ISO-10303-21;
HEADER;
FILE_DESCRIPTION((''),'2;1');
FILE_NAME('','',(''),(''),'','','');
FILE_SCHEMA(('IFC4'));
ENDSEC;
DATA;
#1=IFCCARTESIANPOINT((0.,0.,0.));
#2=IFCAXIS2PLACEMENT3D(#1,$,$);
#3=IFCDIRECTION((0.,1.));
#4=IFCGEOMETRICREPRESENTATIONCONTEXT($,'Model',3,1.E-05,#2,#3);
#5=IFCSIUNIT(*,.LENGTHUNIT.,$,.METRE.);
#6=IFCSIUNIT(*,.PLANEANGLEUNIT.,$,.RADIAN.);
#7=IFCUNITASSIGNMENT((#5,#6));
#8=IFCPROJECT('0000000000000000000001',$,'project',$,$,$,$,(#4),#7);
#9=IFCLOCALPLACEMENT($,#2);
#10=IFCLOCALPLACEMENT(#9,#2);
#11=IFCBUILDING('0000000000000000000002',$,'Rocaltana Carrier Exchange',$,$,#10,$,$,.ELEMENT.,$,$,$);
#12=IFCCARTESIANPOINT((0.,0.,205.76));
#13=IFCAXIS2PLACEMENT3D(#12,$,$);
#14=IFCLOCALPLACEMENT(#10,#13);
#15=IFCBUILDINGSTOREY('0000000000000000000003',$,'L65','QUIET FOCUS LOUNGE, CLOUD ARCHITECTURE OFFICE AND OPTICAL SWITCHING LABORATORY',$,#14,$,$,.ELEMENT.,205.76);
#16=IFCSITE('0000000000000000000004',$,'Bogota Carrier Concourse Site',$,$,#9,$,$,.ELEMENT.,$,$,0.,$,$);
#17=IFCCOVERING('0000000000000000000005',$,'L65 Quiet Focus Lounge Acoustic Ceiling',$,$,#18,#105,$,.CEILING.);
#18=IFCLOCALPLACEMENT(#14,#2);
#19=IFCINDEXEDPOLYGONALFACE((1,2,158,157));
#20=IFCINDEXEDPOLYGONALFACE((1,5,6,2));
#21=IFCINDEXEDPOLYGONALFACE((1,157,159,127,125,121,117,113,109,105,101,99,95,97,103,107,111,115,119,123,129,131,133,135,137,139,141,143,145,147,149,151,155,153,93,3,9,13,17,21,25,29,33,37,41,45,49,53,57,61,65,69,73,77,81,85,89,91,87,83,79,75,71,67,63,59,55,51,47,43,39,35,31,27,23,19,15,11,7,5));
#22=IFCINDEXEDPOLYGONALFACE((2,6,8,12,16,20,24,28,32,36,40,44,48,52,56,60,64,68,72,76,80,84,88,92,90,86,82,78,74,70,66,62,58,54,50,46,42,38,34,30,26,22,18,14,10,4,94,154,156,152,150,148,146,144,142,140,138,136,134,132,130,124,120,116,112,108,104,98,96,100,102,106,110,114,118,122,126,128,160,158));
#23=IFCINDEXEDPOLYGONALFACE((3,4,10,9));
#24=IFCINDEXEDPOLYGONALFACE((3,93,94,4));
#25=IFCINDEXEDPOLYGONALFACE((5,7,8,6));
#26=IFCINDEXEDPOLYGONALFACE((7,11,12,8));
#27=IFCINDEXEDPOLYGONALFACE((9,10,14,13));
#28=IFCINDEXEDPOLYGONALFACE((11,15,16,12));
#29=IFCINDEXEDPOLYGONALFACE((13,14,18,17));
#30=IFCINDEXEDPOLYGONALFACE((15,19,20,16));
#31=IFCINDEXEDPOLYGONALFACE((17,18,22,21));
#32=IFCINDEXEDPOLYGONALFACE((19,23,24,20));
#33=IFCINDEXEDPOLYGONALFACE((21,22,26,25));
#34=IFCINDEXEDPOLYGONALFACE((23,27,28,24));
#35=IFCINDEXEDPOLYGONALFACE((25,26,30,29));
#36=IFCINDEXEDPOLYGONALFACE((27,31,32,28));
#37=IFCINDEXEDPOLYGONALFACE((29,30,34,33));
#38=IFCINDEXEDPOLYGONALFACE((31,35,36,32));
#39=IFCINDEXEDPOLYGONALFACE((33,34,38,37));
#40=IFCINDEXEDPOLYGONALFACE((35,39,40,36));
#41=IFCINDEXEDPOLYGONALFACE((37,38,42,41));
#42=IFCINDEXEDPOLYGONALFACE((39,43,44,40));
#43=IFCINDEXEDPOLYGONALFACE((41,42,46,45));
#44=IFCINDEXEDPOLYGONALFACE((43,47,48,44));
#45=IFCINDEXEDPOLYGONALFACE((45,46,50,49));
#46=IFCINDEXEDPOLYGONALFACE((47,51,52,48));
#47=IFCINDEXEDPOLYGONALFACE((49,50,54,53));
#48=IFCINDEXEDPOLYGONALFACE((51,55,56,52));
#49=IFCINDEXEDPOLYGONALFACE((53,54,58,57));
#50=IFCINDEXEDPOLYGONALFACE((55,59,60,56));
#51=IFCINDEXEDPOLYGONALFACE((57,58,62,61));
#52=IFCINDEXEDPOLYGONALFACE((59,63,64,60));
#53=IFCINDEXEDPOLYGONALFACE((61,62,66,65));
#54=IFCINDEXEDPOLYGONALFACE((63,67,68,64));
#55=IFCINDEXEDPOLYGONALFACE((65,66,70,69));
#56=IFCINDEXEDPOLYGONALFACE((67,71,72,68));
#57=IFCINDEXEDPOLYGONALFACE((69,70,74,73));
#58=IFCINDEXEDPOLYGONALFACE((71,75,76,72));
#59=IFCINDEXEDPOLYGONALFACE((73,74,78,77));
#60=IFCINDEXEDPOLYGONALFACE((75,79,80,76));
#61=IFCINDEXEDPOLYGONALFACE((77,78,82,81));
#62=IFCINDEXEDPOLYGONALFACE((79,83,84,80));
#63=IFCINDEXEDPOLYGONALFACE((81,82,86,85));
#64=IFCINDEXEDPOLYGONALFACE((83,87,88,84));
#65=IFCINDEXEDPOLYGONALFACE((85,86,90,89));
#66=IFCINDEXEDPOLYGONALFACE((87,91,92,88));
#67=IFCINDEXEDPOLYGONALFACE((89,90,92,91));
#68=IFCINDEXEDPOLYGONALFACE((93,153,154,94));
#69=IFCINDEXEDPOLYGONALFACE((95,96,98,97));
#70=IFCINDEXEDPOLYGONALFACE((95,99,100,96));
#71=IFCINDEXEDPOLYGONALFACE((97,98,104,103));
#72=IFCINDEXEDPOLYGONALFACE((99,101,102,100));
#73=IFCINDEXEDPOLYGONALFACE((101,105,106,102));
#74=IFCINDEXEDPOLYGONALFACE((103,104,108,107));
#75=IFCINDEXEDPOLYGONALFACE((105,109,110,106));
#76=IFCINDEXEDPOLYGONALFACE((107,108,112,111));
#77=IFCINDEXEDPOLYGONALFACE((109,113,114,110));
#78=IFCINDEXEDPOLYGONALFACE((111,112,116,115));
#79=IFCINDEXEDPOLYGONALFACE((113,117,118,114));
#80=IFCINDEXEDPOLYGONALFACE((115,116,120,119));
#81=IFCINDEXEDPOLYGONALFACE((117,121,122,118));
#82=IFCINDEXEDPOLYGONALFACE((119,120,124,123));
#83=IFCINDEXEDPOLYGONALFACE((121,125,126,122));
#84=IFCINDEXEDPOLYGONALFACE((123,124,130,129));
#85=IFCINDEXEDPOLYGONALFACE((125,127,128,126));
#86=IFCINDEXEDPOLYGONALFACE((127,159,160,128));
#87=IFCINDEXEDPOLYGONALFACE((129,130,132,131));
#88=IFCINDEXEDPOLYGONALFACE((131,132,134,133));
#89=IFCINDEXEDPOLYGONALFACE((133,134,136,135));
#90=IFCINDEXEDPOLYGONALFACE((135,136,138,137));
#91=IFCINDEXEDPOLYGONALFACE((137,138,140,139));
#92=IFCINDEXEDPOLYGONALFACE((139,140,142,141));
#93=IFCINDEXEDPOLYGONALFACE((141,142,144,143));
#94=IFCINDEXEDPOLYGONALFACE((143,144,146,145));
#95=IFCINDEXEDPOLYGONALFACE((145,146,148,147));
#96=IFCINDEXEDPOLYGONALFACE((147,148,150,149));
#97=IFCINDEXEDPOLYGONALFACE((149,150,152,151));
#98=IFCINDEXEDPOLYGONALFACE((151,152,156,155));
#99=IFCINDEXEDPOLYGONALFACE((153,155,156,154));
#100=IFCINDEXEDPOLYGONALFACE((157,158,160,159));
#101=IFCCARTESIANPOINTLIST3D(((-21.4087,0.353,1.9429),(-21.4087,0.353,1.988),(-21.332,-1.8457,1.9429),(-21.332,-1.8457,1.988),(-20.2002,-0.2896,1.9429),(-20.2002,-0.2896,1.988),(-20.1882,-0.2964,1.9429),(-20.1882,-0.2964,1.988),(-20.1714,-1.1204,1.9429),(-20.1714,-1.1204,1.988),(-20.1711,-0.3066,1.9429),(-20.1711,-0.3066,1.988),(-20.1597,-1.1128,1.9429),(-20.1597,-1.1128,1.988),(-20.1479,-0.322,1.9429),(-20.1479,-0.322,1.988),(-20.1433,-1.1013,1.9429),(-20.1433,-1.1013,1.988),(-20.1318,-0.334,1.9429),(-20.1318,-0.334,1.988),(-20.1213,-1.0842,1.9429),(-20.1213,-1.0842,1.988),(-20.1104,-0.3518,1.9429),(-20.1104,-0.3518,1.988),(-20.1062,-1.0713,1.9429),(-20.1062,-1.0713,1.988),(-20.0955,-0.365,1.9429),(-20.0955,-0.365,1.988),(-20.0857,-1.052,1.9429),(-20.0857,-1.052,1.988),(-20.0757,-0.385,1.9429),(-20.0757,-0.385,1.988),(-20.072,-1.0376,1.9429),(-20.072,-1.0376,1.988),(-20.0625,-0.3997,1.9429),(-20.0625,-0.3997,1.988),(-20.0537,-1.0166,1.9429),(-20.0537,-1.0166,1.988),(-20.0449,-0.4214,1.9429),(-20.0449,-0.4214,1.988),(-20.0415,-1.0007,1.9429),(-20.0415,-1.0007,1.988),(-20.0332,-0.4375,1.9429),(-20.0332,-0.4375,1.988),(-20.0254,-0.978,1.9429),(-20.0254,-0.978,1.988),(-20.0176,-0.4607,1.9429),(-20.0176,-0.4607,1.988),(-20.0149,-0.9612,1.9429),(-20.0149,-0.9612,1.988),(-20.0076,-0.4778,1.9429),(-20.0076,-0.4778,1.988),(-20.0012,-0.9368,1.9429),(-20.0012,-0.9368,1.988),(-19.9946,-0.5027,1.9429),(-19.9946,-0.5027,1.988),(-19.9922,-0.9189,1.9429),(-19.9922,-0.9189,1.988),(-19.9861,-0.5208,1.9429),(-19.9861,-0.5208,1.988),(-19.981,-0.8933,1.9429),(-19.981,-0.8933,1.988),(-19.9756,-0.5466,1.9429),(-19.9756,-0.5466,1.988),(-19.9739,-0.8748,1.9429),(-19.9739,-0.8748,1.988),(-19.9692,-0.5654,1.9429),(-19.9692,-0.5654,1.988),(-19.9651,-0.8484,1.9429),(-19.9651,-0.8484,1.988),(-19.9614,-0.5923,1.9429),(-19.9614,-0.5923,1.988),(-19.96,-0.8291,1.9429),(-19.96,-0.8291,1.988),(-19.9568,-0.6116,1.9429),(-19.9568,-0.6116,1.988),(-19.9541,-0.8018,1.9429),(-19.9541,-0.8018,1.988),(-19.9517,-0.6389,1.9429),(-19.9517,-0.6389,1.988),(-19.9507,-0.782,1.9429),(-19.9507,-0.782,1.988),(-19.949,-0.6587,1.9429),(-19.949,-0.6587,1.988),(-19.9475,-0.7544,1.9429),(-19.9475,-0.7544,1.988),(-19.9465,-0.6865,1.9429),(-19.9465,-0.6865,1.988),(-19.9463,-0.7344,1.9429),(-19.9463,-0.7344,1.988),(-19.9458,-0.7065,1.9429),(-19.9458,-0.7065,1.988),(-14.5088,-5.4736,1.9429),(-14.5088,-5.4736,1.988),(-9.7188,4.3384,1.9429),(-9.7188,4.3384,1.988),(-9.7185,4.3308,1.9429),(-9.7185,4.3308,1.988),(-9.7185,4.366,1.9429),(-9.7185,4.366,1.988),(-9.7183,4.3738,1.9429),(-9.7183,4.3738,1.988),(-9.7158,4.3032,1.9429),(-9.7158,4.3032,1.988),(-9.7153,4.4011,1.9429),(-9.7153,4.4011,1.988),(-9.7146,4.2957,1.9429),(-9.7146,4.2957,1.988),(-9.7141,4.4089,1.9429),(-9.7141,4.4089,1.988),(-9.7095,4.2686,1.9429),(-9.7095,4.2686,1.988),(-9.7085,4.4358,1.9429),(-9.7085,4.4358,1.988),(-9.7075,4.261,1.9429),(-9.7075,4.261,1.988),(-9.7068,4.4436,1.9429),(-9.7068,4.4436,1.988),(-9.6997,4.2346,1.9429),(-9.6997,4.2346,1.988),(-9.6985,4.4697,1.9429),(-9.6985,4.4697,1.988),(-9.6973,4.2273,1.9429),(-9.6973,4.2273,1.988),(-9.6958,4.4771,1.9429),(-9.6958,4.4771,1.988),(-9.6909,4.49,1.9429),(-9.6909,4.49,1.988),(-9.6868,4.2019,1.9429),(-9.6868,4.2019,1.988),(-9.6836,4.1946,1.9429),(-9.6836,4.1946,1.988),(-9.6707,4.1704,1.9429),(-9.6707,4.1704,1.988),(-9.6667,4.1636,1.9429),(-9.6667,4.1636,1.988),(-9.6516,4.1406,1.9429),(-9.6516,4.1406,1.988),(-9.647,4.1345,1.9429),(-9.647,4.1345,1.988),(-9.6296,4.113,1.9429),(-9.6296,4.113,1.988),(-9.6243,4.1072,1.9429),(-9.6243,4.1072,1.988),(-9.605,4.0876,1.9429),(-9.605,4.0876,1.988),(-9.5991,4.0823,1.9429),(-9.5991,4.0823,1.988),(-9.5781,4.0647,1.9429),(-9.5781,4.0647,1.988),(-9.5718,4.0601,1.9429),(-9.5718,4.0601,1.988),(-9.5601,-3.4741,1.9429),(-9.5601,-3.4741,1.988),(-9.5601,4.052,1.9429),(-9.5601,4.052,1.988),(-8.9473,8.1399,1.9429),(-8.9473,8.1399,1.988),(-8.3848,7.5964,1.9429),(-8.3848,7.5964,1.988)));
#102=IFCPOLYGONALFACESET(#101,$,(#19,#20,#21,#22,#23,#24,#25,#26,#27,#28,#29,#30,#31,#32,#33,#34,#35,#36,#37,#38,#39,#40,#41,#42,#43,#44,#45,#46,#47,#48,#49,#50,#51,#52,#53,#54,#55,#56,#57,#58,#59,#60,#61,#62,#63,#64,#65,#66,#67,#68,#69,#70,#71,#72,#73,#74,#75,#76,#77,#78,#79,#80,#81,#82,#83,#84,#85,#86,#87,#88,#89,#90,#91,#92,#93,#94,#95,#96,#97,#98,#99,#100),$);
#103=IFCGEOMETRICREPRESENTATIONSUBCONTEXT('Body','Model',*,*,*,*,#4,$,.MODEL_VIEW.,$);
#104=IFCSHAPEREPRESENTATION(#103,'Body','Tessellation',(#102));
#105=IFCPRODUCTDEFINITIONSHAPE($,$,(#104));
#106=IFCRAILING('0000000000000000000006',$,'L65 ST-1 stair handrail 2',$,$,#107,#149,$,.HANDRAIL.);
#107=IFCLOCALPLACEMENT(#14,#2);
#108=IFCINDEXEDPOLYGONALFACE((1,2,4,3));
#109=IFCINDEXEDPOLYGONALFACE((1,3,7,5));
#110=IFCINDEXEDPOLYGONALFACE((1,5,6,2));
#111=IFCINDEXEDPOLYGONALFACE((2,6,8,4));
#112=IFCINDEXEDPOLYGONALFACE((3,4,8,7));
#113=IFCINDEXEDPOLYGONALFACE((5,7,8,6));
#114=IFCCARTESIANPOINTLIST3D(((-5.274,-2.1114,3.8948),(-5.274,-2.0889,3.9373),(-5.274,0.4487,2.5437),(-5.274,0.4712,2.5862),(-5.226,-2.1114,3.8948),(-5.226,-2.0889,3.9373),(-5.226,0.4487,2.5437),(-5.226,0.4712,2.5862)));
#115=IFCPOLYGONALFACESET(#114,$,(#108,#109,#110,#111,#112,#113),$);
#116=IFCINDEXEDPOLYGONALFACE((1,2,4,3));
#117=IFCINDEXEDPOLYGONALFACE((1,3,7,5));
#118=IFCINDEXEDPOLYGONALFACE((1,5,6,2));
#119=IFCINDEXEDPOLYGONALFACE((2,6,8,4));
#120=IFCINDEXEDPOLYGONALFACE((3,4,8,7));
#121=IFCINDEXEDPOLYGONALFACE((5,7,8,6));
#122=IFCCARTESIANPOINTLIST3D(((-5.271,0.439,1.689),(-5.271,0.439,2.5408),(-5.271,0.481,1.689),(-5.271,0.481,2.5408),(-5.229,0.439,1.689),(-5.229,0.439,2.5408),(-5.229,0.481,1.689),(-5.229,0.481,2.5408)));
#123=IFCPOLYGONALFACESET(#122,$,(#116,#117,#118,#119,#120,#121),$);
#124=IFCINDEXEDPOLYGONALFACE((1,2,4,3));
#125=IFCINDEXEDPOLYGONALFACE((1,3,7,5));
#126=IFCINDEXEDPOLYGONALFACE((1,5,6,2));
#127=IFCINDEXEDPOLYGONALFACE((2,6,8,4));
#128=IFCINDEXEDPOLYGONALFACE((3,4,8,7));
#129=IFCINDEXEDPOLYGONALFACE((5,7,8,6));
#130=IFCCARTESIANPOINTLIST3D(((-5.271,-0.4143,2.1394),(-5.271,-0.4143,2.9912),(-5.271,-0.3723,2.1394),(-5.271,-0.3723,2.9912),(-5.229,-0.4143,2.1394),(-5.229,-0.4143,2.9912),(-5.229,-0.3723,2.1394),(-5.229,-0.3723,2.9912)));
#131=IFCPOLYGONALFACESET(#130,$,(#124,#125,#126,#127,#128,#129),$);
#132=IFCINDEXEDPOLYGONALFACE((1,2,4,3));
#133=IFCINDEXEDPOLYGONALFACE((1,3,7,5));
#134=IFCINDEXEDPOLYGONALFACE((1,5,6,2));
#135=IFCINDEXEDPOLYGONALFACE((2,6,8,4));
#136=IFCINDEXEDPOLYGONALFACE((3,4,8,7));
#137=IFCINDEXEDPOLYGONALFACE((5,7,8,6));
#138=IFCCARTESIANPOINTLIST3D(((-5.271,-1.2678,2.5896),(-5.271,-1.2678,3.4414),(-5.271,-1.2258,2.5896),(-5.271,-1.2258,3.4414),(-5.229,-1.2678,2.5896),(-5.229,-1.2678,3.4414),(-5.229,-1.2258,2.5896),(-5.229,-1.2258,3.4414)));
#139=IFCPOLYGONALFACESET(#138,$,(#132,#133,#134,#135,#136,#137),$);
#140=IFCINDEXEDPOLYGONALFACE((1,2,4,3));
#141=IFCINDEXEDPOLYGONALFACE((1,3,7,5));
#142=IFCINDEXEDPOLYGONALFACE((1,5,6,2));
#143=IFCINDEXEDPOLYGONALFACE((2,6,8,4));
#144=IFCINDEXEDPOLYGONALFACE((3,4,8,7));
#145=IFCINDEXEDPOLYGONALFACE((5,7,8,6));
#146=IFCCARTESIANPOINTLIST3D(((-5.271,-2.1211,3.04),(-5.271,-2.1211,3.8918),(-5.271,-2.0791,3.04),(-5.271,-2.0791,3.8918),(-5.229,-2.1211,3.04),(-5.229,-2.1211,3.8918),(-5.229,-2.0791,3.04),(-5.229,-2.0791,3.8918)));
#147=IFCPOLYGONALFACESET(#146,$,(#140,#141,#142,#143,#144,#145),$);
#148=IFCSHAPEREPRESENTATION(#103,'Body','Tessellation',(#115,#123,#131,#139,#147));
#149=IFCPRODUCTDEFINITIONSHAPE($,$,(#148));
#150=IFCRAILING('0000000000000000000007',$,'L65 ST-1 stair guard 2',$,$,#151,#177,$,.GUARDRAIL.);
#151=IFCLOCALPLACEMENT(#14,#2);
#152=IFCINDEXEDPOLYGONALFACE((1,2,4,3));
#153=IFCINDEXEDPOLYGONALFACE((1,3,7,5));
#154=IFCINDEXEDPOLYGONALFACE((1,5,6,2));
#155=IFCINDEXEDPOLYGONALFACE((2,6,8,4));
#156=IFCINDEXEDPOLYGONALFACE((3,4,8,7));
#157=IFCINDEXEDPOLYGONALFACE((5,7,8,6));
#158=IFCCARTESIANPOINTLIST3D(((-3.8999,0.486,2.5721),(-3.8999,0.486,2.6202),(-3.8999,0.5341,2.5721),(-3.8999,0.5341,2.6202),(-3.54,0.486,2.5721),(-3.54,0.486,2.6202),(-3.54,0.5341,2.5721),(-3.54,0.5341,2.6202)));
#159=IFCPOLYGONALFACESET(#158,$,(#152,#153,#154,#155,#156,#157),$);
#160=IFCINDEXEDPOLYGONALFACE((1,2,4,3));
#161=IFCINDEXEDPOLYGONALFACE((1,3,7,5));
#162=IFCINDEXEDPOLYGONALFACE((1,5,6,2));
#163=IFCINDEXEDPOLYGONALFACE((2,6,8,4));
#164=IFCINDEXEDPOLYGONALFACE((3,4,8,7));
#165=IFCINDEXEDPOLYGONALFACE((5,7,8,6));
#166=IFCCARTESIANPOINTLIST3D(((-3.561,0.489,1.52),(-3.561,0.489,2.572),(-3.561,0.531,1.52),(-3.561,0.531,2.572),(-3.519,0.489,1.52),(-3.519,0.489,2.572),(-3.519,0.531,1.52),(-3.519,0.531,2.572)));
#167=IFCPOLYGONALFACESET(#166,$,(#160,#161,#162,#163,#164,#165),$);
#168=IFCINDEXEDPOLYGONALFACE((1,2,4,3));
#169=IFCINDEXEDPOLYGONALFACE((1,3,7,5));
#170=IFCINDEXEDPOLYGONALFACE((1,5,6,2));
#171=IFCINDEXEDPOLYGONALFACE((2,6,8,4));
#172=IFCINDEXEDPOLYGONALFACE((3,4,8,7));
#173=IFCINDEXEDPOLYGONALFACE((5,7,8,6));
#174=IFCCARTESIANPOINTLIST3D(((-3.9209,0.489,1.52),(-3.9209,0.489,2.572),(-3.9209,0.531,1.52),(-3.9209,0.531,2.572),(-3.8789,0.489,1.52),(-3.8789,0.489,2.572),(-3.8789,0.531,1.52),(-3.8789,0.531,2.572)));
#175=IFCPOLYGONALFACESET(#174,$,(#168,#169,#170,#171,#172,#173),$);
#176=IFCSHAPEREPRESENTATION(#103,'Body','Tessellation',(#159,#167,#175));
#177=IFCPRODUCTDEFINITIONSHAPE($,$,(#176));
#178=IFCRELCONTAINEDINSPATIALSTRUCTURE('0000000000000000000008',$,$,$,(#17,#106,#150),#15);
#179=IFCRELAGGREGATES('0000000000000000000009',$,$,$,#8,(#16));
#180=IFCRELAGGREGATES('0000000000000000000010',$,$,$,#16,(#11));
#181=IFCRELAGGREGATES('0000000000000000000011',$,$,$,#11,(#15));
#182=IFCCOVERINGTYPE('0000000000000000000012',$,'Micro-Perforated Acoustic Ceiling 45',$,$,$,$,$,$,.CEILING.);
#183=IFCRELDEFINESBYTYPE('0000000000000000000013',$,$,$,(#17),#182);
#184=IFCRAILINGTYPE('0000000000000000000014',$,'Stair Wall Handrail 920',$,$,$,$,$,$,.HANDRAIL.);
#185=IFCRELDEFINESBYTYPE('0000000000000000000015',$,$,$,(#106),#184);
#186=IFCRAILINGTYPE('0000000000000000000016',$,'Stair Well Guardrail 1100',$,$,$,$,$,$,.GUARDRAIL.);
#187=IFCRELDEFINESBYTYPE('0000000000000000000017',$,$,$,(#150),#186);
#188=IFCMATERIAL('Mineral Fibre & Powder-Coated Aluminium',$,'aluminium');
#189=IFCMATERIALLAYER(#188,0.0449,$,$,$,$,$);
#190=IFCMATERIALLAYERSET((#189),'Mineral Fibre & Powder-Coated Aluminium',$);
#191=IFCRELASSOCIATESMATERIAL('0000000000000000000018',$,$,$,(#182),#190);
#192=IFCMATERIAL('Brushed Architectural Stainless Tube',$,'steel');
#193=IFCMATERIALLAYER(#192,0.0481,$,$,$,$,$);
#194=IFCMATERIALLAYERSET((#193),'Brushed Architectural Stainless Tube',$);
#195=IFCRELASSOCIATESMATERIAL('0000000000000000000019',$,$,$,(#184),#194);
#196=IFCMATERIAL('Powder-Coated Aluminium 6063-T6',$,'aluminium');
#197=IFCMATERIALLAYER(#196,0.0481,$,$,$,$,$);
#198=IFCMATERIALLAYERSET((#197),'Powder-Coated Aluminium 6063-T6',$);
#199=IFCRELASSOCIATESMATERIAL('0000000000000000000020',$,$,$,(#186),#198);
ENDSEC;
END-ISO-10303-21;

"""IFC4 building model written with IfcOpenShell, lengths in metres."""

from ifc_helpers import new_model, si_unit, direction, frame, origin, origin_2d, place, context, subcontext, project, spatial, polyline, rectangle, outline, extrude, material, layer, layer_set, type_object, element, save


model = new_model("IFC4")

# Units and contexts
model_context = context("Model", 3, precision=1e-05, world=origin(), true_north=direction((0.0, 1.0)))
body_context = subcontext(model_context, "Body", "Model", "MODEL_VIEW")
ifc_project = project(units=[si_unit("LENGTHUNIT", "METRE"), si_unit("PLANEANGLEUNIT", "RADIAN")], contexts=[model_context])

# Site, building, storey
site_placement = place(None, origin())
site = spatial("IfcSite", under=ifc_project, at=site_placement, Name="Bogota Carrier Concourse Site", CompositionType="ELEMENT", RefElevation=0.0)
building_placement = place(site_placement, origin())
building = spatial("IfcBuilding", under=site, at=building_placement, Name="Rocaltana Carrier Exchange", CompositionType="ELEMENT")
storey_placement = place(building_placement, frame((0.0, 0.0, 205.76)))
storey = spatial("IfcBuildingStorey", under=building, at=storey_placement, Name="L65", Description="QUIET FOCUS LOUNGE, CLOUD ARCHITECTURE OFFICE AND OPTICAL SWITCHING LABORATORY", CompositionType="ELEMENT", Elevation=205.76)

# Covering
ifc_material_1 = material(Name="Mineral Fibre & Powder-Coated Aluminium", Category="aluminium")
ifc_layer_1 = layer(ifc_material_1, 0.0449)
ifc_layer_set_1 = layer_set([ifc_layer_1], Name="Mineral Fibre & Powder-Coated Aluminium")
covering_type_1 = type_object("IfcCoveringType", Name="Micro-Perforated Acoustic Ceiling 45", PredefinedType="CEILING", material=ifc_layer_set_1)
covering_1_placement = place(storey_placement, frame((0.0, 0.0, 1.9429)))
element("IfcCovering", 1, at=covering_1_placement, inside=storey, type_object=covering_type_1, Name="L65 Quiet Focus Lounge Acoustic Ceiling", PredefinedType="CEILING", context=body_context, shape_type="SweptSolid", body=[
    extrude(outline(polyline([(-20.1714, -1.1204), (-20.1597, -1.1128), (-20.1433, -1.1013), (-20.1213, -1.0842), (-20.1062, -1.0713), (-20.0857, -1.052), (-20.072, -1.0376), (-20.0537, -1.0166), (-20.0415, -1.0007), (-20.0254, -0.978), (-20.0149, -0.9612), (-20.0012, -0.9368), (-19.9922, -0.9189), (-19.981, -0.8933), (-19.9739, -0.8748), (-19.9651, -0.8484), (-19.96, -0.8291), (-19.9541, -0.8018), (-19.9507, -0.782), (-19.9475, -0.7544), (-19.9463, -0.7344), (-19.9458, -0.7065), (-19.9465, -0.6865), (-19.949, -0.6587), (-19.9517, -0.6389), (-19.9568, -0.6116), (-19.9614, -0.5923), (-19.9692, -0.5654), (-19.9756, -0.5466), (-19.9861, -0.5208), (-19.9946, -0.5027), (-20.0076, -0.4778), (-20.0176, -0.4607), (-20.0332, -0.4375), (-20.0449, -0.4214), (-20.0625, -0.3997), (-20.0757, -0.385), (-20.0955, -0.365), (-20.1104, -0.3518), (-20.1318, -0.334), (-20.1479, -0.322), (-20.1711, -0.3066), (-20.1882, -0.2964), (-20.2002, -0.2896), (-21.4087, 0.353), (-8.9473, 8.1399), (-8.3848, 7.5964), (-9.6909, 4.49), (-9.6958, 4.4771), (-9.6985, 4.4697), (-9.7068, 4.4436), (-9.7085, 4.4358), (-9.7141, 4.4089), (-9.7153, 4.4011), (-9.7183, 4.3738), (-9.7185, 4.366), (-9.7188, 4.3384), (-9.7185, 4.3308), (-9.7158, 4.3032), (-9.7146, 4.2957), (-9.7095, 4.2686), (-9.7075, 4.261), (-9.6997, 4.2346), (-9.6973, 4.2273), (-9.6868, 4.2019), (-9.6836, 4.1946), (-9.6707, 4.1704), (-9.6667, 4.1636), (-9.6516, 4.1406), (-9.647, 4.1345), (-9.6296, 4.113), (-9.6243, 4.1072), (-9.605, 4.0876), (-9.5991, 4.0823), (-9.5781, 4.0647), (-9.5718, 4.0601), (-9.5601, 4.052), (-9.5601, -3.4741), (-14.5088, -5.4736), (-21.332, -1.8457), (-20.1714, -1.1204)])), origin(), (0.0, 0.0, 1.0), 0.0452),
])

# Railings
ifc_material_2 = material(Name="Brushed Architectural Stainless Tube", Category="steel")
ifc_layer_2 = layer(ifc_material_2, 0.0481)
ifc_layer_set_2 = layer_set([ifc_layer_2], Name="Brushed Architectural Stainless Tube")
railing_type_1 = type_object("IfcRailingType", Name="Stair Wall Handrail 920", PredefinedType="HANDRAIL", material=ifc_layer_set_2)
railing_1_placement = place(storey_placement, frame((-5.25, 0.46, 1.689)))
element("IfcRailing", 2, at=railing_1_placement, inside=storey, type_object=railing_type_1, Name="L65 ST-1 stair handrail 2", PredefinedType="HANDRAIL", context=body_context, shape_type="SweptSolid", body=[
    extrude(rectangle(XDim=0.0481, YDim=0.0481, at=origin_2d()), frame((0.0, 0.0, 0.876), z_axis=(0.0, -0.884394, 0.46674), x_axis=(1.0, 0.0, 0.0)), (0.0, 0.0, 1.0), 2.8948),
    extrude(rectangle(XDim=0.042, YDim=0.042, at=origin_2d()), origin(), (0.0, 0.0, 1.0), 0.8518),
    extrude(rectangle(XDim=0.042, YDim=0.042, at=origin_2d()), frame((0.0, -0.8533, 0.4504)), (0.0, 0.0, 1.0), 0.8518),
    extrude(rectangle(XDim=0.042, YDim=0.042, at=origin_2d()), frame((0.0, -1.7068, 0.9006)), (0.0, 0.0, 1.0), 0.8518),
    extrude(rectangle(XDim=0.042, YDim=0.042, at=origin_2d()), frame((0.0, -2.5601, 1.3511)), (0.0, 0.0, 1.0), 0.8518),
])
ifc_material_3 = material(Name="Powder-Coated Aluminium 6063-T6", Category="aluminium")
ifc_layer_3 = layer(ifc_material_3, 0.0481)
ifc_layer_set_3 = layer_set([ifc_layer_3], Name="Powder-Coated Aluminium 6063-T6")
railing_type_2 = type_object("IfcRailingType", Name="Stair Well Guardrail 1100", PredefinedType="GUARDRAIL", material=ifc_layer_set_3)
railing_2_placement = place(storey_placement, frame((-3.54, 0.51, 1.52)))
element("IfcRailing", 3, at=railing_2_placement, inside=storey, type_object=railing_type_2, Name="L65 ST-1 stair guard 2", PredefinedType="GUARDRAIL", context=body_context, shape_type="SweptSolid", body=[
    extrude(rectangle(XDim=0.0481, YDim=0.0481, at=origin_2d()), frame((0.0, 0.0, 1.0762), z_axis=(-1.0, 0.0, 0.0), x_axis=(0.0, -1.0, 0.0)), (0.0, 0.0, 1.0), 0.3599),
    extrude(rectangle(XDim=0.042, YDim=0.042, at=origin_2d()), origin(), (0.0, 0.0, 1.0), 1.052),
    extrude(rectangle(XDim=0.042, YDim=0.042, at=origin_2d()), frame((-0.3599, 0.0, 0.0)), (0.0, 0.0, 1.0), 1.052),
])

save(model, "model.ifc")
